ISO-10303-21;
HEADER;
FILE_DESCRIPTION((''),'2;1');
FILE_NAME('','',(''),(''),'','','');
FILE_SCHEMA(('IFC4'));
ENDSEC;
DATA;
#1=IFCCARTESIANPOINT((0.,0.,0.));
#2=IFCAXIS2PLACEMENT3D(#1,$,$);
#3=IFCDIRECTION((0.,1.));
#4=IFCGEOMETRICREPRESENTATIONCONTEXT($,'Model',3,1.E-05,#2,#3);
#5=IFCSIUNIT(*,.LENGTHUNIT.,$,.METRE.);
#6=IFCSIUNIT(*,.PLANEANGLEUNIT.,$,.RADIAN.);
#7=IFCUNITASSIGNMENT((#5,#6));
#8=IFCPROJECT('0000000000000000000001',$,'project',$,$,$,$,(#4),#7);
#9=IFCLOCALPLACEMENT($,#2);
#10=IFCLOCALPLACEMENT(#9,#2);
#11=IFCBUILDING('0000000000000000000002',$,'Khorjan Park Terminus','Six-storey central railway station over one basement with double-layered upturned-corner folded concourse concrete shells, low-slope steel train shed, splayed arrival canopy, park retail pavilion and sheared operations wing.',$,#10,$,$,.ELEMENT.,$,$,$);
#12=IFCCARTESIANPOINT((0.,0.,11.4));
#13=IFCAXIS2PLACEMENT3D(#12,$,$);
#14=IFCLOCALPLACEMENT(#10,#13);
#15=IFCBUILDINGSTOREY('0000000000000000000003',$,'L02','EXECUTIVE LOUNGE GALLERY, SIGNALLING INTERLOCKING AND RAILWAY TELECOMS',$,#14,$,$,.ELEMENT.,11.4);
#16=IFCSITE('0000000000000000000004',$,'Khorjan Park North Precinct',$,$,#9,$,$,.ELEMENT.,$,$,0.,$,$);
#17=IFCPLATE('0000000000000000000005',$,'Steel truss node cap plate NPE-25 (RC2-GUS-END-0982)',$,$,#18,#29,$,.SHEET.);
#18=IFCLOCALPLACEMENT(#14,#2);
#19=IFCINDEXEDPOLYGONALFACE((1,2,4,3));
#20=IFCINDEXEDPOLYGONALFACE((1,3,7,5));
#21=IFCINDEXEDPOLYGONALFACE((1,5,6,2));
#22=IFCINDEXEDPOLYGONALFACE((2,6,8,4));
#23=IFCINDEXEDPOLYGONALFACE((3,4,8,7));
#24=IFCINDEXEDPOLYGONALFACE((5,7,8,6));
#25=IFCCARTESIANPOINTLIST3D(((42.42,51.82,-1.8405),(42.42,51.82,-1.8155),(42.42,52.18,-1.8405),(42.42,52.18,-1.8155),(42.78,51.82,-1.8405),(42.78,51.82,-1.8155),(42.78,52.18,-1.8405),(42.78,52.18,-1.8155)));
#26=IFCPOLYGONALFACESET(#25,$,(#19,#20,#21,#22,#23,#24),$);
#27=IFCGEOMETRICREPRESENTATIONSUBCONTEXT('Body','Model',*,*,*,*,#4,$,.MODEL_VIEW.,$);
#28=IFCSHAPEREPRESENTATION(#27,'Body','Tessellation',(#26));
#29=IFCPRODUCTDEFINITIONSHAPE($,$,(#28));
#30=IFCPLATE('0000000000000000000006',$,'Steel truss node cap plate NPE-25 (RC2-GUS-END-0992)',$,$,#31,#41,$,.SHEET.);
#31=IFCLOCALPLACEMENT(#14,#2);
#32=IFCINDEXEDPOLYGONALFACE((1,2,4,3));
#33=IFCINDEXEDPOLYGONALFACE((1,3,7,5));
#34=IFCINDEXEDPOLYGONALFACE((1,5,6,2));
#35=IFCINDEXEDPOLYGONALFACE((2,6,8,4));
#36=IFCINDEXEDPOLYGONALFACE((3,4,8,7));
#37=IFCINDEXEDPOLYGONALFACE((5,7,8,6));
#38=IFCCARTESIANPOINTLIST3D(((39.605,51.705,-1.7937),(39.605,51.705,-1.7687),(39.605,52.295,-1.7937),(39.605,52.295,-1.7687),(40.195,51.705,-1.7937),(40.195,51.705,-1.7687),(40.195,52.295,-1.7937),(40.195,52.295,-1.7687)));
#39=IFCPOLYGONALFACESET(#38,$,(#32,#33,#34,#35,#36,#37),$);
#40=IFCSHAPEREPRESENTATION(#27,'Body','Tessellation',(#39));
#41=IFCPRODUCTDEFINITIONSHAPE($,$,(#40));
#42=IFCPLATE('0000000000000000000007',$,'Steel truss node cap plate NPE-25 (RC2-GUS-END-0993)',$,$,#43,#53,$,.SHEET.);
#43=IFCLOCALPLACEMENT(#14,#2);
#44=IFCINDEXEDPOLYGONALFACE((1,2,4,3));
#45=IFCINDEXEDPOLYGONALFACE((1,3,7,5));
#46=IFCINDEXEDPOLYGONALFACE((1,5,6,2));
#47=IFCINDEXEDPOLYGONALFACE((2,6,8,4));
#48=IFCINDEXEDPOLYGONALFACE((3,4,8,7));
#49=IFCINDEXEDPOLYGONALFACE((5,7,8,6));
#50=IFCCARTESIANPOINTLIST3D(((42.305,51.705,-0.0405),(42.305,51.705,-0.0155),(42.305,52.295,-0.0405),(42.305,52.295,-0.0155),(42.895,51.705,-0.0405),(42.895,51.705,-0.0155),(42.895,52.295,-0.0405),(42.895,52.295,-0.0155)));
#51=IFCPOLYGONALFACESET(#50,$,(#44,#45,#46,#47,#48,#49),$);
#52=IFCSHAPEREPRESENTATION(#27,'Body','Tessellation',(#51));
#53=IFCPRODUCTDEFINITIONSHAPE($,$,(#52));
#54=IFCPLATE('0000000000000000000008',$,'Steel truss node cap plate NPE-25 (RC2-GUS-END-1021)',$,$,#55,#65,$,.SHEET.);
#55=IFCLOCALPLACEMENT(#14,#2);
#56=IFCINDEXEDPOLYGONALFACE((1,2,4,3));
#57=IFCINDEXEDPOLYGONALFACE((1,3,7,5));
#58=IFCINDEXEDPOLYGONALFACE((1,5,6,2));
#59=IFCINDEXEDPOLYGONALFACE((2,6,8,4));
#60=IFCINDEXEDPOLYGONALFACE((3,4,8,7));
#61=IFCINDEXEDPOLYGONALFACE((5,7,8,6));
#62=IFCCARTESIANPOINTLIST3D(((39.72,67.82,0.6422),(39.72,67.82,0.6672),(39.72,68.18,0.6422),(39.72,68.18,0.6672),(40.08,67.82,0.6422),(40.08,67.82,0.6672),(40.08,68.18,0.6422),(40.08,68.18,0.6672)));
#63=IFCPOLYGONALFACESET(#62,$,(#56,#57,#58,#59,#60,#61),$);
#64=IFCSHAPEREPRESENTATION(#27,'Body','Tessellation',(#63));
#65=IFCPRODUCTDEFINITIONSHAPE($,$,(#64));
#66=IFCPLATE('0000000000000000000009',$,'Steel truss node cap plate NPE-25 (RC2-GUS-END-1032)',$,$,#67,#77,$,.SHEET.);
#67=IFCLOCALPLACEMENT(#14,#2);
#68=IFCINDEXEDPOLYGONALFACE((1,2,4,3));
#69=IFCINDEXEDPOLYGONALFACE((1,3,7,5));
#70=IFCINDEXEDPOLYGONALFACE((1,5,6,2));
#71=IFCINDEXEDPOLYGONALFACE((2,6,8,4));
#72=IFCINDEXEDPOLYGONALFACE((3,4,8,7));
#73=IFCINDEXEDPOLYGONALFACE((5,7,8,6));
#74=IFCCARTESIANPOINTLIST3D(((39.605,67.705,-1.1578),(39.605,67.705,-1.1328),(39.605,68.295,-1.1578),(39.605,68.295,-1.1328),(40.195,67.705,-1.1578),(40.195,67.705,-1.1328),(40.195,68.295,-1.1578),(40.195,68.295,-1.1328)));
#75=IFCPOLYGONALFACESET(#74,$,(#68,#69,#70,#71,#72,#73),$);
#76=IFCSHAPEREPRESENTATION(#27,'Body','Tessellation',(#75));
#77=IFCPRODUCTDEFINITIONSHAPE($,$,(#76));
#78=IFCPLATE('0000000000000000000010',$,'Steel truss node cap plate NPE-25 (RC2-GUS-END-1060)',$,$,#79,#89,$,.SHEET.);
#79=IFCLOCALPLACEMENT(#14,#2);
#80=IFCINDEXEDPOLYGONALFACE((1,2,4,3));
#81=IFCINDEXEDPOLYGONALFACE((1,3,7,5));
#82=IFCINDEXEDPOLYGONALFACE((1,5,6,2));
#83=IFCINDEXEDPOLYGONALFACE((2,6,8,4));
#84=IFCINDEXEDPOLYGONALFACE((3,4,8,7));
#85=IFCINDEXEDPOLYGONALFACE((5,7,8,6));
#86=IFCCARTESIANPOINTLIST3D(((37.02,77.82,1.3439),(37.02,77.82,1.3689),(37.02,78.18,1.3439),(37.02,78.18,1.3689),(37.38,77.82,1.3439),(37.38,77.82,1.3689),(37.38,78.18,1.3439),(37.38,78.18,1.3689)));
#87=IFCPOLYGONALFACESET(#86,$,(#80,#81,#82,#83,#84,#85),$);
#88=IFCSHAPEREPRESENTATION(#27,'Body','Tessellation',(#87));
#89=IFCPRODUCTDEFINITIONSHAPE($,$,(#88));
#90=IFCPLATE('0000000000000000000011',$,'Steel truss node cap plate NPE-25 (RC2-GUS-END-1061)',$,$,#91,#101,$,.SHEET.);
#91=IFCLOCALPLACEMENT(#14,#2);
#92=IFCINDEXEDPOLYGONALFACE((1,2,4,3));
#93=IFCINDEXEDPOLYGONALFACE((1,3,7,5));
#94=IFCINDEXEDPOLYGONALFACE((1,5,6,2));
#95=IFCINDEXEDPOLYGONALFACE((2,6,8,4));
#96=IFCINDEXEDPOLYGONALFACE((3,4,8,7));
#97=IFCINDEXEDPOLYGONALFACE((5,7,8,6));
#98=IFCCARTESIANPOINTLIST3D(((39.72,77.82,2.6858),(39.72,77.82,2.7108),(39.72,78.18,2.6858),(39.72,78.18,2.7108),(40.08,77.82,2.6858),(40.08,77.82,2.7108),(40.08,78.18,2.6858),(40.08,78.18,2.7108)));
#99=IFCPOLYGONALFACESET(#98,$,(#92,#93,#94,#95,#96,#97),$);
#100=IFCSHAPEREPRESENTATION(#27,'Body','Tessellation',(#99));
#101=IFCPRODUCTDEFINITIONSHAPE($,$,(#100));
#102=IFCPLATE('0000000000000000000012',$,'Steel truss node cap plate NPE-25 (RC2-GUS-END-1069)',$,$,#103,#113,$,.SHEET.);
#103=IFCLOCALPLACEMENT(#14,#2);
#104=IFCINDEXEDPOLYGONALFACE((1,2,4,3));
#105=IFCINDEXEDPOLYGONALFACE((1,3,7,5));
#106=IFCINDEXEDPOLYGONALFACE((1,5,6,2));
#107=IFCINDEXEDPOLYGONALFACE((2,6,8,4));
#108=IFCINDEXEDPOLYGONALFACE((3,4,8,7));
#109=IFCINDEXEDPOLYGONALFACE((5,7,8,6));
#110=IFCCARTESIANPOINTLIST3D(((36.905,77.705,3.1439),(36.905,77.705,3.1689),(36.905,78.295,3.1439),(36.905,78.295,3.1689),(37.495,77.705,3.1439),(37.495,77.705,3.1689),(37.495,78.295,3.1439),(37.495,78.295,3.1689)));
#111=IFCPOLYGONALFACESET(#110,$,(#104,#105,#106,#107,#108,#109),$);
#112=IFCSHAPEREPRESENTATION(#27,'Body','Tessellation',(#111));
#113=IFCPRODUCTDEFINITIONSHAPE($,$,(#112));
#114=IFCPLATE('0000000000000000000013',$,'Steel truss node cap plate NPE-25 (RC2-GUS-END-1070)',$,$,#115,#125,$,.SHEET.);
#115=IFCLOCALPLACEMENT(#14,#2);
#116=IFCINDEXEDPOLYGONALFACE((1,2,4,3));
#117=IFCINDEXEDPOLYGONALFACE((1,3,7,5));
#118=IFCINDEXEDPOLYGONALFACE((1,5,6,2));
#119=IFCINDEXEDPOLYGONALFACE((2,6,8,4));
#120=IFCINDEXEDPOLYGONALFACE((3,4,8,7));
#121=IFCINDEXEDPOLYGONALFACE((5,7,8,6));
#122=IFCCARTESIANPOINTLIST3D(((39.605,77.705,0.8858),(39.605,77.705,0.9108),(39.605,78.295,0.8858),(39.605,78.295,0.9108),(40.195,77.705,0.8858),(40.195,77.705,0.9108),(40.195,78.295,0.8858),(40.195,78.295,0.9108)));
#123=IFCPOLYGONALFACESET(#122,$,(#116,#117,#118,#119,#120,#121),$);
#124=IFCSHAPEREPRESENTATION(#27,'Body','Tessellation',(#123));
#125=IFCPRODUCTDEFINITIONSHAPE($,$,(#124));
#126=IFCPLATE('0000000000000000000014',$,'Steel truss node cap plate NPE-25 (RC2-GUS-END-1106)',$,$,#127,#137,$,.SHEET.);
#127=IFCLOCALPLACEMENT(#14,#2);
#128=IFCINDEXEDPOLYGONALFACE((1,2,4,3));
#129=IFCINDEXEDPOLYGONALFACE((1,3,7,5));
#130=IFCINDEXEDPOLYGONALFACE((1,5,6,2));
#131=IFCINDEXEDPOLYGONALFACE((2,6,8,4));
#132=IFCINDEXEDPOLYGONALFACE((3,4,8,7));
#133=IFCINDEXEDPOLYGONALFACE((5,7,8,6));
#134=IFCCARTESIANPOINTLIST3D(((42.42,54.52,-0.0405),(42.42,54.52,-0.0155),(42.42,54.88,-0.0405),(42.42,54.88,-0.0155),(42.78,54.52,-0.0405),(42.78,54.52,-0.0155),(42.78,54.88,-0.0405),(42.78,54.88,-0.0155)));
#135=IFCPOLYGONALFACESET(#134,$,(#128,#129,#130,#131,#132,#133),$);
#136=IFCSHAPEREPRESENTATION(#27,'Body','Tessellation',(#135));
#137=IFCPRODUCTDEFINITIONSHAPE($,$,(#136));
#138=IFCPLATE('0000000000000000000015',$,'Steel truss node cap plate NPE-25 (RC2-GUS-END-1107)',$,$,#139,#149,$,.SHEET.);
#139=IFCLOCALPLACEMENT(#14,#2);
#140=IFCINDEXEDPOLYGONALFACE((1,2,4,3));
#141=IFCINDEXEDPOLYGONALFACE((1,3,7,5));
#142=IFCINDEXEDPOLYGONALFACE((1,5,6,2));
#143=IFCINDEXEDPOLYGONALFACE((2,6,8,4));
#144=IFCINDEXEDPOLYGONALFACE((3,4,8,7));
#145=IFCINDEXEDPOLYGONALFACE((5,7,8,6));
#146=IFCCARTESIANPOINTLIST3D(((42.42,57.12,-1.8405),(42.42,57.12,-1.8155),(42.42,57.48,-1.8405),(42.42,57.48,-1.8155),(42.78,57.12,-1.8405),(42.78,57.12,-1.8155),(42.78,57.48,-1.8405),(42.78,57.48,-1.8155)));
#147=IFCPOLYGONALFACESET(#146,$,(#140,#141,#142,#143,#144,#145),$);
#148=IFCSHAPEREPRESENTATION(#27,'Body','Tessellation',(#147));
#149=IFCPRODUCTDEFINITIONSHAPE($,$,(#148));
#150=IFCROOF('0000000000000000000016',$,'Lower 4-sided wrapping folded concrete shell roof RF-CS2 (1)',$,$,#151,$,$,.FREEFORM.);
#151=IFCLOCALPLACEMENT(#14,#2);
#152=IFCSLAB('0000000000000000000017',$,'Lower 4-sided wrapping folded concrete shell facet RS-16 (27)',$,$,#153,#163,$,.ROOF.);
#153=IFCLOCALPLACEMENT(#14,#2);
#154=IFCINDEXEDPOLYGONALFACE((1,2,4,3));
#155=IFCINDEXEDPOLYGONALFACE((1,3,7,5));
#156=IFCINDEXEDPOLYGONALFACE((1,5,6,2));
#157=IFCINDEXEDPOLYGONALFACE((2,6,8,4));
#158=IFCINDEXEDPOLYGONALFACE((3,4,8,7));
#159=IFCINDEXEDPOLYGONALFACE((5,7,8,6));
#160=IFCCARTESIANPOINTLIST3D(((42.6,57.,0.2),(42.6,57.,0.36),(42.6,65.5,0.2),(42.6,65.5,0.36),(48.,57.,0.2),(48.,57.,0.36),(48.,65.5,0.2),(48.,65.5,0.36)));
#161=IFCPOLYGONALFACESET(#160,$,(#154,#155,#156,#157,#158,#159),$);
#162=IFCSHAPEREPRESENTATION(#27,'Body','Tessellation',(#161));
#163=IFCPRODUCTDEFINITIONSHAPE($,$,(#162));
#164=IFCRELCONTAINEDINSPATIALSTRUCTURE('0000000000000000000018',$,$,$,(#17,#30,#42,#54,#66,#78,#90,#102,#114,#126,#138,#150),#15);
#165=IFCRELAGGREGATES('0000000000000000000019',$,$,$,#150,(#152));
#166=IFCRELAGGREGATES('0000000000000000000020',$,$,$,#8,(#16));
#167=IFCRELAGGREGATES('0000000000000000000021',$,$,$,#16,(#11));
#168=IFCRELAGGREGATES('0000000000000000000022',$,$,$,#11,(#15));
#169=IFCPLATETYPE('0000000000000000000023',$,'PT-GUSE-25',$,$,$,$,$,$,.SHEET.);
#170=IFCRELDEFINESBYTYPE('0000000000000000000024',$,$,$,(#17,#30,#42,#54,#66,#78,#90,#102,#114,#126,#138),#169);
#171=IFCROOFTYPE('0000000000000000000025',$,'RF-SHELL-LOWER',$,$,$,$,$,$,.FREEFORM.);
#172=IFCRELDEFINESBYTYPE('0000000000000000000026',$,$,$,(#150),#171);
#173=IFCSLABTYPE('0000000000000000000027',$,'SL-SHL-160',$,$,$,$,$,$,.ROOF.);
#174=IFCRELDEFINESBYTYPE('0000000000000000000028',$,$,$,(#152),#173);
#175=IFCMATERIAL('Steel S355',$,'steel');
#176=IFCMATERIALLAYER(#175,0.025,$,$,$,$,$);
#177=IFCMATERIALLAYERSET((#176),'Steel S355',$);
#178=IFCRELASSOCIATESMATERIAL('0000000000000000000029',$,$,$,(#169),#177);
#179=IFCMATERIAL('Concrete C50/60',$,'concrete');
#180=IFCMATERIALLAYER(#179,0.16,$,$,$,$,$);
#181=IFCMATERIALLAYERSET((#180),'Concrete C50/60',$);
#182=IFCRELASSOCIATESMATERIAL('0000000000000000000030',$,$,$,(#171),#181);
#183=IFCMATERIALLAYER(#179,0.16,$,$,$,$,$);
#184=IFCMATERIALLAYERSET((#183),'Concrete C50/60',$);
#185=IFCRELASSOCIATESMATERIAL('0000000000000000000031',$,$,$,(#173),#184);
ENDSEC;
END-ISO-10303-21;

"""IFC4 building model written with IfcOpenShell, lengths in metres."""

from ifc_helpers import new_model, si_unit, direction, frame, origin, origin_2d, place, context, subcontext, project, spatial, polyline, rectangle, outline, extrude, material, layer, layer_set, type_object, element, aggregate, save


model = new_model("IFC4")

# Units and contexts
model_context = context("Model", 3, precision=1e-05, world=origin(), true_north=direction((0.0, 1.0)))
body_context = subcontext(model_context, "Body", "Model", "MODEL_VIEW")
ifc_project = project(units=[si_unit("LENGTHUNIT", "METRE"), si_unit("PLANEANGLEUNIT", "RADIAN")], contexts=[model_context])

# Site, building, storey
site_placement = place(None, origin())
site = spatial("IfcSite", under=ifc_project, at=site_placement, Name="Khorjan Park North Precinct", CompositionType="ELEMENT", RefElevation=0.0)
building_placement = place(site_placement, origin())
building = spatial("IfcBuilding", under=site, at=building_placement, Name="Khorjan Park Terminus", Description="Six-storey central railway station over one basement with double-layered upturned-corner folded concourse concrete shells, low-slope steel train shed, splayed arrival canopy, park retail pavilion and sheared operations wing.", CompositionType="ELEMENT")
storey_placement = place(building_placement, frame((0.0, 0.0, 11.4)))
storey = spatial("IfcBuildingStorey", under=building, at=storey_placement, Name="L02", Description="EXECUTIVE LOUNGE GALLERY, SIGNALLING INTERLOCKING AND RAILWAY TELECOMS", CompositionType="ELEMENT", Elevation=11.4)

# Shared definitions
ifc_material_1 = material(Name="Steel S355", Category="steel")

# Plates
ifc_layer_1 = layer(ifc_material_1, 0.025)
ifc_layer_set_1 = layer_set([ifc_layer_1], Name="Steel S355")
plate_type = type_object("IfcPlateType", Name="PT-GUSE-25", PredefinedType="SHEET", material=ifc_layer_set_1)
for number, where, z_axis, x_axis, name in (
    (1, (42.6, 52.0, -1.8405), (0.0, 0.0, 1.0), (1.0, 0.0, 0.0), "Steel truss node cap plate NPE-25 (RC2-GUS-END-0982)"),
):
    element("IfcPlate", number, at=place(storey_placement, frame(where, z_axis=z_axis, x_axis=x_axis)), inside=storey, type_object=plate_type, Name=name, PredefinedType="SHEET", context=body_context, shape_type="SweptSolid", body=[
        extrude(rectangle(XDim=0.36, YDim=0.36, at=origin_2d()), origin(), (0.0, 0.0, 1.0), 0.025),
    ])
for number, where, z_axis, x_axis, name in (
    (2, (39.9, 52.0, -1.7937), (0.0, 0.0, 1.0), (1.0, 0.0, 0.0), "Steel truss node cap plate NPE-25 (RC2-GUS-END-0992)"),
    (3, (42.6, 52.0, -0.0405), (0.0, 0.0, 1.0), (1.0, 0.0, 0.0), "Steel truss node cap plate NPE-25 (RC2-GUS-END-0993)"),
):
    element("IfcPlate", number, at=place(storey_placement, frame(where, z_axis=z_axis, x_axis=x_axis)), inside=storey, type_object=plate_type, Name=name, PredefinedType="SHEET", context=body_context, shape_type="SweptSolid", body=[
        extrude(rectangle(XDim=0.59, YDim=0.59, at=origin_2d()), origin(), (0.0, 0.0, 1.0), 0.025),
    ])
plate_1_placement = place(storey_placement, frame((39.9, 68.0, 0.6422), z_axis=(0.0, 0.0, 1.0), x_axis=(1.0, 0.0, 0.0)))
element("IfcPlate", 4, at=plate_1_placement, inside=storey, type_object=plate_type, Name="Steel truss node cap plate NPE-25 (RC2-GUS-END-1021)", PredefinedType="SHEET", context=body_context, shape_type="SweptSolid", body=[
    extrude(rectangle(XDim=0.36, YDim=0.36, at=origin_2d()), origin(), (0.0, 0.0, 1.0), 0.025),
])
plate_2_placement = place(storey_placement, frame((39.9, 68.0, -1.1578), z_axis=(0.0, 0.0, 1.0), x_axis=(1.0, 0.0, 0.0)))
element("IfcPlate", 5, at=plate_2_placement, inside=storey, type_object=plate_type, Name="Steel truss node cap plate NPE-25 (RC2-GUS-END-1032)", PredefinedType="SHEET", context=body_context, shape_type="SweptSolid", body=[
    extrude(rectangle(XDim=0.59, YDim=0.59, at=origin_2d()), origin(), (0.0, 0.0, 1.0), 0.025),
])
for number, where, z_axis, x_axis, name in (
    (6, (37.2, 78.0, 1.3439), (0.0, 0.0, 1.0), (1.0, 0.0, 0.0), "Steel truss node cap plate NPE-25 (RC2-GUS-END-1060)"),
    (7, (39.9, 78.0, 2.6858), (0.0, 0.0, 1.0), (1.0, 0.0, 0.0), "Steel truss node cap plate NPE-25 (RC2-GUS-END-1061)"),
):
    element("IfcPlate", number, at=place(storey_placement, frame(where, z_axis=z_axis, x_axis=x_axis)), inside=storey, type_object=plate_type, Name=name, PredefinedType="SHEET", context=body_context, shape_type="SweptSolid", body=[
        extrude(rectangle(XDim=0.36, YDim=0.36, at=origin_2d()), origin(), (0.0, 0.0, 1.0), 0.025),
    ])
for number, where, z_axis, x_axis, name in (
    (8, (37.2, 78.0, 3.1439), (0.0, 0.0, 1.0), (1.0, 0.0, 0.0), "Steel truss node cap plate NPE-25 (RC2-GUS-END-1069)"),
    (9, (39.9, 78.0, 0.8858), (0.0, 0.0, 1.0), (1.0, 0.0, 0.0), "Steel truss node cap plate NPE-25 (RC2-GUS-END-1070)"),
):
    element("IfcPlate", number, at=place(storey_placement, frame(where, z_axis=z_axis, x_axis=x_axis)), inside=storey, type_object=plate_type, Name=name, PredefinedType="SHEET", context=body_context, shape_type="SweptSolid", body=[
        extrude(rectangle(XDim=0.59, YDim=0.59, at=origin_2d()), origin(), (0.0, 0.0, 1.0), 0.025),
    ])
for number, where, z_axis, x_axis, name in (
    (10, (42.6, 54.7, -0.0405), (0.0, 0.0, 1.0), (1.0, 0.0, 0.0), "Steel truss node cap plate NPE-25 (RC2-GUS-END-1106)"),
    (11, (42.6, 57.3, -1.8405), (0.0, 0.0, 1.0), (1.0, 0.0, 0.0), "Steel truss node cap plate NPE-25 (RC2-GUS-END-1107)"),
):
    element("IfcPlate", number, at=place(storey_placement, frame(where, z_axis=z_axis, x_axis=x_axis)), inside=storey, type_object=plate_type, Name=name, PredefinedType="SHEET", context=body_context, shape_type="SweptSolid", body=[
        extrude(rectangle(XDim=0.36, YDim=0.36, at=origin_2d()), origin(), (0.0, 0.0, 1.0), 0.025),
    ])

# Roof, slab
ifc_material_2 = material(Name="Concrete C50/60", Category="concrete")
ifc_layer_2 = layer(ifc_material_2, 0.16)
ifc_layer_set_2 = layer_set([ifc_layer_2], Name="Concrete C50/60")
roof_type = type_object("IfcRoofType", Name="RF-SHELL-LOWER", PredefinedType="FREEFORM", material=ifc_layer_set_2)
roof_placement = place(storey_placement, origin())
roof = element("IfcRoof", 12, at=roof_placement, inside=storey, type_object=roof_type, Name="Lower 4-sided wrapping folded concrete shell roof RF-CS2 (1)", PredefinedType="FREEFORM")
ifc_layer_3 = layer(ifc_material_2, 0.16)
ifc_layer_set_3 = layer_set([ifc_layer_3], Name="Concrete C50/60")
slab_type = type_object("IfcSlabType", Name="SL-SHL-160", PredefinedType="ROOF", material=ifc_layer_set_3)
slab_placement = place(storey_placement, frame((42.6, 57.0, 0.36), z_axis=(0.0, 0.0, 1.0), x_axis=(1.0, 0.0, 0.0)))
slab = element("IfcSlab", 13, at=slab_placement, type_object=slab_type, Name="Lower 4-sided wrapping folded concrete shell facet RS-16 (27)", PredefinedType="ROOF", context=body_context, shape_type="SweptSolid", body=[
    extrude(outline(polyline([(0.0, 0.0), (5.4, 0.0), (5.4, 8.5), (0.0, 8.5), (0.0, 0.0)])), origin(), (0.0, 0.0, -1.0), 0.16),
])
aggregate(roof, [slab])

save(model, "model.ifc")
